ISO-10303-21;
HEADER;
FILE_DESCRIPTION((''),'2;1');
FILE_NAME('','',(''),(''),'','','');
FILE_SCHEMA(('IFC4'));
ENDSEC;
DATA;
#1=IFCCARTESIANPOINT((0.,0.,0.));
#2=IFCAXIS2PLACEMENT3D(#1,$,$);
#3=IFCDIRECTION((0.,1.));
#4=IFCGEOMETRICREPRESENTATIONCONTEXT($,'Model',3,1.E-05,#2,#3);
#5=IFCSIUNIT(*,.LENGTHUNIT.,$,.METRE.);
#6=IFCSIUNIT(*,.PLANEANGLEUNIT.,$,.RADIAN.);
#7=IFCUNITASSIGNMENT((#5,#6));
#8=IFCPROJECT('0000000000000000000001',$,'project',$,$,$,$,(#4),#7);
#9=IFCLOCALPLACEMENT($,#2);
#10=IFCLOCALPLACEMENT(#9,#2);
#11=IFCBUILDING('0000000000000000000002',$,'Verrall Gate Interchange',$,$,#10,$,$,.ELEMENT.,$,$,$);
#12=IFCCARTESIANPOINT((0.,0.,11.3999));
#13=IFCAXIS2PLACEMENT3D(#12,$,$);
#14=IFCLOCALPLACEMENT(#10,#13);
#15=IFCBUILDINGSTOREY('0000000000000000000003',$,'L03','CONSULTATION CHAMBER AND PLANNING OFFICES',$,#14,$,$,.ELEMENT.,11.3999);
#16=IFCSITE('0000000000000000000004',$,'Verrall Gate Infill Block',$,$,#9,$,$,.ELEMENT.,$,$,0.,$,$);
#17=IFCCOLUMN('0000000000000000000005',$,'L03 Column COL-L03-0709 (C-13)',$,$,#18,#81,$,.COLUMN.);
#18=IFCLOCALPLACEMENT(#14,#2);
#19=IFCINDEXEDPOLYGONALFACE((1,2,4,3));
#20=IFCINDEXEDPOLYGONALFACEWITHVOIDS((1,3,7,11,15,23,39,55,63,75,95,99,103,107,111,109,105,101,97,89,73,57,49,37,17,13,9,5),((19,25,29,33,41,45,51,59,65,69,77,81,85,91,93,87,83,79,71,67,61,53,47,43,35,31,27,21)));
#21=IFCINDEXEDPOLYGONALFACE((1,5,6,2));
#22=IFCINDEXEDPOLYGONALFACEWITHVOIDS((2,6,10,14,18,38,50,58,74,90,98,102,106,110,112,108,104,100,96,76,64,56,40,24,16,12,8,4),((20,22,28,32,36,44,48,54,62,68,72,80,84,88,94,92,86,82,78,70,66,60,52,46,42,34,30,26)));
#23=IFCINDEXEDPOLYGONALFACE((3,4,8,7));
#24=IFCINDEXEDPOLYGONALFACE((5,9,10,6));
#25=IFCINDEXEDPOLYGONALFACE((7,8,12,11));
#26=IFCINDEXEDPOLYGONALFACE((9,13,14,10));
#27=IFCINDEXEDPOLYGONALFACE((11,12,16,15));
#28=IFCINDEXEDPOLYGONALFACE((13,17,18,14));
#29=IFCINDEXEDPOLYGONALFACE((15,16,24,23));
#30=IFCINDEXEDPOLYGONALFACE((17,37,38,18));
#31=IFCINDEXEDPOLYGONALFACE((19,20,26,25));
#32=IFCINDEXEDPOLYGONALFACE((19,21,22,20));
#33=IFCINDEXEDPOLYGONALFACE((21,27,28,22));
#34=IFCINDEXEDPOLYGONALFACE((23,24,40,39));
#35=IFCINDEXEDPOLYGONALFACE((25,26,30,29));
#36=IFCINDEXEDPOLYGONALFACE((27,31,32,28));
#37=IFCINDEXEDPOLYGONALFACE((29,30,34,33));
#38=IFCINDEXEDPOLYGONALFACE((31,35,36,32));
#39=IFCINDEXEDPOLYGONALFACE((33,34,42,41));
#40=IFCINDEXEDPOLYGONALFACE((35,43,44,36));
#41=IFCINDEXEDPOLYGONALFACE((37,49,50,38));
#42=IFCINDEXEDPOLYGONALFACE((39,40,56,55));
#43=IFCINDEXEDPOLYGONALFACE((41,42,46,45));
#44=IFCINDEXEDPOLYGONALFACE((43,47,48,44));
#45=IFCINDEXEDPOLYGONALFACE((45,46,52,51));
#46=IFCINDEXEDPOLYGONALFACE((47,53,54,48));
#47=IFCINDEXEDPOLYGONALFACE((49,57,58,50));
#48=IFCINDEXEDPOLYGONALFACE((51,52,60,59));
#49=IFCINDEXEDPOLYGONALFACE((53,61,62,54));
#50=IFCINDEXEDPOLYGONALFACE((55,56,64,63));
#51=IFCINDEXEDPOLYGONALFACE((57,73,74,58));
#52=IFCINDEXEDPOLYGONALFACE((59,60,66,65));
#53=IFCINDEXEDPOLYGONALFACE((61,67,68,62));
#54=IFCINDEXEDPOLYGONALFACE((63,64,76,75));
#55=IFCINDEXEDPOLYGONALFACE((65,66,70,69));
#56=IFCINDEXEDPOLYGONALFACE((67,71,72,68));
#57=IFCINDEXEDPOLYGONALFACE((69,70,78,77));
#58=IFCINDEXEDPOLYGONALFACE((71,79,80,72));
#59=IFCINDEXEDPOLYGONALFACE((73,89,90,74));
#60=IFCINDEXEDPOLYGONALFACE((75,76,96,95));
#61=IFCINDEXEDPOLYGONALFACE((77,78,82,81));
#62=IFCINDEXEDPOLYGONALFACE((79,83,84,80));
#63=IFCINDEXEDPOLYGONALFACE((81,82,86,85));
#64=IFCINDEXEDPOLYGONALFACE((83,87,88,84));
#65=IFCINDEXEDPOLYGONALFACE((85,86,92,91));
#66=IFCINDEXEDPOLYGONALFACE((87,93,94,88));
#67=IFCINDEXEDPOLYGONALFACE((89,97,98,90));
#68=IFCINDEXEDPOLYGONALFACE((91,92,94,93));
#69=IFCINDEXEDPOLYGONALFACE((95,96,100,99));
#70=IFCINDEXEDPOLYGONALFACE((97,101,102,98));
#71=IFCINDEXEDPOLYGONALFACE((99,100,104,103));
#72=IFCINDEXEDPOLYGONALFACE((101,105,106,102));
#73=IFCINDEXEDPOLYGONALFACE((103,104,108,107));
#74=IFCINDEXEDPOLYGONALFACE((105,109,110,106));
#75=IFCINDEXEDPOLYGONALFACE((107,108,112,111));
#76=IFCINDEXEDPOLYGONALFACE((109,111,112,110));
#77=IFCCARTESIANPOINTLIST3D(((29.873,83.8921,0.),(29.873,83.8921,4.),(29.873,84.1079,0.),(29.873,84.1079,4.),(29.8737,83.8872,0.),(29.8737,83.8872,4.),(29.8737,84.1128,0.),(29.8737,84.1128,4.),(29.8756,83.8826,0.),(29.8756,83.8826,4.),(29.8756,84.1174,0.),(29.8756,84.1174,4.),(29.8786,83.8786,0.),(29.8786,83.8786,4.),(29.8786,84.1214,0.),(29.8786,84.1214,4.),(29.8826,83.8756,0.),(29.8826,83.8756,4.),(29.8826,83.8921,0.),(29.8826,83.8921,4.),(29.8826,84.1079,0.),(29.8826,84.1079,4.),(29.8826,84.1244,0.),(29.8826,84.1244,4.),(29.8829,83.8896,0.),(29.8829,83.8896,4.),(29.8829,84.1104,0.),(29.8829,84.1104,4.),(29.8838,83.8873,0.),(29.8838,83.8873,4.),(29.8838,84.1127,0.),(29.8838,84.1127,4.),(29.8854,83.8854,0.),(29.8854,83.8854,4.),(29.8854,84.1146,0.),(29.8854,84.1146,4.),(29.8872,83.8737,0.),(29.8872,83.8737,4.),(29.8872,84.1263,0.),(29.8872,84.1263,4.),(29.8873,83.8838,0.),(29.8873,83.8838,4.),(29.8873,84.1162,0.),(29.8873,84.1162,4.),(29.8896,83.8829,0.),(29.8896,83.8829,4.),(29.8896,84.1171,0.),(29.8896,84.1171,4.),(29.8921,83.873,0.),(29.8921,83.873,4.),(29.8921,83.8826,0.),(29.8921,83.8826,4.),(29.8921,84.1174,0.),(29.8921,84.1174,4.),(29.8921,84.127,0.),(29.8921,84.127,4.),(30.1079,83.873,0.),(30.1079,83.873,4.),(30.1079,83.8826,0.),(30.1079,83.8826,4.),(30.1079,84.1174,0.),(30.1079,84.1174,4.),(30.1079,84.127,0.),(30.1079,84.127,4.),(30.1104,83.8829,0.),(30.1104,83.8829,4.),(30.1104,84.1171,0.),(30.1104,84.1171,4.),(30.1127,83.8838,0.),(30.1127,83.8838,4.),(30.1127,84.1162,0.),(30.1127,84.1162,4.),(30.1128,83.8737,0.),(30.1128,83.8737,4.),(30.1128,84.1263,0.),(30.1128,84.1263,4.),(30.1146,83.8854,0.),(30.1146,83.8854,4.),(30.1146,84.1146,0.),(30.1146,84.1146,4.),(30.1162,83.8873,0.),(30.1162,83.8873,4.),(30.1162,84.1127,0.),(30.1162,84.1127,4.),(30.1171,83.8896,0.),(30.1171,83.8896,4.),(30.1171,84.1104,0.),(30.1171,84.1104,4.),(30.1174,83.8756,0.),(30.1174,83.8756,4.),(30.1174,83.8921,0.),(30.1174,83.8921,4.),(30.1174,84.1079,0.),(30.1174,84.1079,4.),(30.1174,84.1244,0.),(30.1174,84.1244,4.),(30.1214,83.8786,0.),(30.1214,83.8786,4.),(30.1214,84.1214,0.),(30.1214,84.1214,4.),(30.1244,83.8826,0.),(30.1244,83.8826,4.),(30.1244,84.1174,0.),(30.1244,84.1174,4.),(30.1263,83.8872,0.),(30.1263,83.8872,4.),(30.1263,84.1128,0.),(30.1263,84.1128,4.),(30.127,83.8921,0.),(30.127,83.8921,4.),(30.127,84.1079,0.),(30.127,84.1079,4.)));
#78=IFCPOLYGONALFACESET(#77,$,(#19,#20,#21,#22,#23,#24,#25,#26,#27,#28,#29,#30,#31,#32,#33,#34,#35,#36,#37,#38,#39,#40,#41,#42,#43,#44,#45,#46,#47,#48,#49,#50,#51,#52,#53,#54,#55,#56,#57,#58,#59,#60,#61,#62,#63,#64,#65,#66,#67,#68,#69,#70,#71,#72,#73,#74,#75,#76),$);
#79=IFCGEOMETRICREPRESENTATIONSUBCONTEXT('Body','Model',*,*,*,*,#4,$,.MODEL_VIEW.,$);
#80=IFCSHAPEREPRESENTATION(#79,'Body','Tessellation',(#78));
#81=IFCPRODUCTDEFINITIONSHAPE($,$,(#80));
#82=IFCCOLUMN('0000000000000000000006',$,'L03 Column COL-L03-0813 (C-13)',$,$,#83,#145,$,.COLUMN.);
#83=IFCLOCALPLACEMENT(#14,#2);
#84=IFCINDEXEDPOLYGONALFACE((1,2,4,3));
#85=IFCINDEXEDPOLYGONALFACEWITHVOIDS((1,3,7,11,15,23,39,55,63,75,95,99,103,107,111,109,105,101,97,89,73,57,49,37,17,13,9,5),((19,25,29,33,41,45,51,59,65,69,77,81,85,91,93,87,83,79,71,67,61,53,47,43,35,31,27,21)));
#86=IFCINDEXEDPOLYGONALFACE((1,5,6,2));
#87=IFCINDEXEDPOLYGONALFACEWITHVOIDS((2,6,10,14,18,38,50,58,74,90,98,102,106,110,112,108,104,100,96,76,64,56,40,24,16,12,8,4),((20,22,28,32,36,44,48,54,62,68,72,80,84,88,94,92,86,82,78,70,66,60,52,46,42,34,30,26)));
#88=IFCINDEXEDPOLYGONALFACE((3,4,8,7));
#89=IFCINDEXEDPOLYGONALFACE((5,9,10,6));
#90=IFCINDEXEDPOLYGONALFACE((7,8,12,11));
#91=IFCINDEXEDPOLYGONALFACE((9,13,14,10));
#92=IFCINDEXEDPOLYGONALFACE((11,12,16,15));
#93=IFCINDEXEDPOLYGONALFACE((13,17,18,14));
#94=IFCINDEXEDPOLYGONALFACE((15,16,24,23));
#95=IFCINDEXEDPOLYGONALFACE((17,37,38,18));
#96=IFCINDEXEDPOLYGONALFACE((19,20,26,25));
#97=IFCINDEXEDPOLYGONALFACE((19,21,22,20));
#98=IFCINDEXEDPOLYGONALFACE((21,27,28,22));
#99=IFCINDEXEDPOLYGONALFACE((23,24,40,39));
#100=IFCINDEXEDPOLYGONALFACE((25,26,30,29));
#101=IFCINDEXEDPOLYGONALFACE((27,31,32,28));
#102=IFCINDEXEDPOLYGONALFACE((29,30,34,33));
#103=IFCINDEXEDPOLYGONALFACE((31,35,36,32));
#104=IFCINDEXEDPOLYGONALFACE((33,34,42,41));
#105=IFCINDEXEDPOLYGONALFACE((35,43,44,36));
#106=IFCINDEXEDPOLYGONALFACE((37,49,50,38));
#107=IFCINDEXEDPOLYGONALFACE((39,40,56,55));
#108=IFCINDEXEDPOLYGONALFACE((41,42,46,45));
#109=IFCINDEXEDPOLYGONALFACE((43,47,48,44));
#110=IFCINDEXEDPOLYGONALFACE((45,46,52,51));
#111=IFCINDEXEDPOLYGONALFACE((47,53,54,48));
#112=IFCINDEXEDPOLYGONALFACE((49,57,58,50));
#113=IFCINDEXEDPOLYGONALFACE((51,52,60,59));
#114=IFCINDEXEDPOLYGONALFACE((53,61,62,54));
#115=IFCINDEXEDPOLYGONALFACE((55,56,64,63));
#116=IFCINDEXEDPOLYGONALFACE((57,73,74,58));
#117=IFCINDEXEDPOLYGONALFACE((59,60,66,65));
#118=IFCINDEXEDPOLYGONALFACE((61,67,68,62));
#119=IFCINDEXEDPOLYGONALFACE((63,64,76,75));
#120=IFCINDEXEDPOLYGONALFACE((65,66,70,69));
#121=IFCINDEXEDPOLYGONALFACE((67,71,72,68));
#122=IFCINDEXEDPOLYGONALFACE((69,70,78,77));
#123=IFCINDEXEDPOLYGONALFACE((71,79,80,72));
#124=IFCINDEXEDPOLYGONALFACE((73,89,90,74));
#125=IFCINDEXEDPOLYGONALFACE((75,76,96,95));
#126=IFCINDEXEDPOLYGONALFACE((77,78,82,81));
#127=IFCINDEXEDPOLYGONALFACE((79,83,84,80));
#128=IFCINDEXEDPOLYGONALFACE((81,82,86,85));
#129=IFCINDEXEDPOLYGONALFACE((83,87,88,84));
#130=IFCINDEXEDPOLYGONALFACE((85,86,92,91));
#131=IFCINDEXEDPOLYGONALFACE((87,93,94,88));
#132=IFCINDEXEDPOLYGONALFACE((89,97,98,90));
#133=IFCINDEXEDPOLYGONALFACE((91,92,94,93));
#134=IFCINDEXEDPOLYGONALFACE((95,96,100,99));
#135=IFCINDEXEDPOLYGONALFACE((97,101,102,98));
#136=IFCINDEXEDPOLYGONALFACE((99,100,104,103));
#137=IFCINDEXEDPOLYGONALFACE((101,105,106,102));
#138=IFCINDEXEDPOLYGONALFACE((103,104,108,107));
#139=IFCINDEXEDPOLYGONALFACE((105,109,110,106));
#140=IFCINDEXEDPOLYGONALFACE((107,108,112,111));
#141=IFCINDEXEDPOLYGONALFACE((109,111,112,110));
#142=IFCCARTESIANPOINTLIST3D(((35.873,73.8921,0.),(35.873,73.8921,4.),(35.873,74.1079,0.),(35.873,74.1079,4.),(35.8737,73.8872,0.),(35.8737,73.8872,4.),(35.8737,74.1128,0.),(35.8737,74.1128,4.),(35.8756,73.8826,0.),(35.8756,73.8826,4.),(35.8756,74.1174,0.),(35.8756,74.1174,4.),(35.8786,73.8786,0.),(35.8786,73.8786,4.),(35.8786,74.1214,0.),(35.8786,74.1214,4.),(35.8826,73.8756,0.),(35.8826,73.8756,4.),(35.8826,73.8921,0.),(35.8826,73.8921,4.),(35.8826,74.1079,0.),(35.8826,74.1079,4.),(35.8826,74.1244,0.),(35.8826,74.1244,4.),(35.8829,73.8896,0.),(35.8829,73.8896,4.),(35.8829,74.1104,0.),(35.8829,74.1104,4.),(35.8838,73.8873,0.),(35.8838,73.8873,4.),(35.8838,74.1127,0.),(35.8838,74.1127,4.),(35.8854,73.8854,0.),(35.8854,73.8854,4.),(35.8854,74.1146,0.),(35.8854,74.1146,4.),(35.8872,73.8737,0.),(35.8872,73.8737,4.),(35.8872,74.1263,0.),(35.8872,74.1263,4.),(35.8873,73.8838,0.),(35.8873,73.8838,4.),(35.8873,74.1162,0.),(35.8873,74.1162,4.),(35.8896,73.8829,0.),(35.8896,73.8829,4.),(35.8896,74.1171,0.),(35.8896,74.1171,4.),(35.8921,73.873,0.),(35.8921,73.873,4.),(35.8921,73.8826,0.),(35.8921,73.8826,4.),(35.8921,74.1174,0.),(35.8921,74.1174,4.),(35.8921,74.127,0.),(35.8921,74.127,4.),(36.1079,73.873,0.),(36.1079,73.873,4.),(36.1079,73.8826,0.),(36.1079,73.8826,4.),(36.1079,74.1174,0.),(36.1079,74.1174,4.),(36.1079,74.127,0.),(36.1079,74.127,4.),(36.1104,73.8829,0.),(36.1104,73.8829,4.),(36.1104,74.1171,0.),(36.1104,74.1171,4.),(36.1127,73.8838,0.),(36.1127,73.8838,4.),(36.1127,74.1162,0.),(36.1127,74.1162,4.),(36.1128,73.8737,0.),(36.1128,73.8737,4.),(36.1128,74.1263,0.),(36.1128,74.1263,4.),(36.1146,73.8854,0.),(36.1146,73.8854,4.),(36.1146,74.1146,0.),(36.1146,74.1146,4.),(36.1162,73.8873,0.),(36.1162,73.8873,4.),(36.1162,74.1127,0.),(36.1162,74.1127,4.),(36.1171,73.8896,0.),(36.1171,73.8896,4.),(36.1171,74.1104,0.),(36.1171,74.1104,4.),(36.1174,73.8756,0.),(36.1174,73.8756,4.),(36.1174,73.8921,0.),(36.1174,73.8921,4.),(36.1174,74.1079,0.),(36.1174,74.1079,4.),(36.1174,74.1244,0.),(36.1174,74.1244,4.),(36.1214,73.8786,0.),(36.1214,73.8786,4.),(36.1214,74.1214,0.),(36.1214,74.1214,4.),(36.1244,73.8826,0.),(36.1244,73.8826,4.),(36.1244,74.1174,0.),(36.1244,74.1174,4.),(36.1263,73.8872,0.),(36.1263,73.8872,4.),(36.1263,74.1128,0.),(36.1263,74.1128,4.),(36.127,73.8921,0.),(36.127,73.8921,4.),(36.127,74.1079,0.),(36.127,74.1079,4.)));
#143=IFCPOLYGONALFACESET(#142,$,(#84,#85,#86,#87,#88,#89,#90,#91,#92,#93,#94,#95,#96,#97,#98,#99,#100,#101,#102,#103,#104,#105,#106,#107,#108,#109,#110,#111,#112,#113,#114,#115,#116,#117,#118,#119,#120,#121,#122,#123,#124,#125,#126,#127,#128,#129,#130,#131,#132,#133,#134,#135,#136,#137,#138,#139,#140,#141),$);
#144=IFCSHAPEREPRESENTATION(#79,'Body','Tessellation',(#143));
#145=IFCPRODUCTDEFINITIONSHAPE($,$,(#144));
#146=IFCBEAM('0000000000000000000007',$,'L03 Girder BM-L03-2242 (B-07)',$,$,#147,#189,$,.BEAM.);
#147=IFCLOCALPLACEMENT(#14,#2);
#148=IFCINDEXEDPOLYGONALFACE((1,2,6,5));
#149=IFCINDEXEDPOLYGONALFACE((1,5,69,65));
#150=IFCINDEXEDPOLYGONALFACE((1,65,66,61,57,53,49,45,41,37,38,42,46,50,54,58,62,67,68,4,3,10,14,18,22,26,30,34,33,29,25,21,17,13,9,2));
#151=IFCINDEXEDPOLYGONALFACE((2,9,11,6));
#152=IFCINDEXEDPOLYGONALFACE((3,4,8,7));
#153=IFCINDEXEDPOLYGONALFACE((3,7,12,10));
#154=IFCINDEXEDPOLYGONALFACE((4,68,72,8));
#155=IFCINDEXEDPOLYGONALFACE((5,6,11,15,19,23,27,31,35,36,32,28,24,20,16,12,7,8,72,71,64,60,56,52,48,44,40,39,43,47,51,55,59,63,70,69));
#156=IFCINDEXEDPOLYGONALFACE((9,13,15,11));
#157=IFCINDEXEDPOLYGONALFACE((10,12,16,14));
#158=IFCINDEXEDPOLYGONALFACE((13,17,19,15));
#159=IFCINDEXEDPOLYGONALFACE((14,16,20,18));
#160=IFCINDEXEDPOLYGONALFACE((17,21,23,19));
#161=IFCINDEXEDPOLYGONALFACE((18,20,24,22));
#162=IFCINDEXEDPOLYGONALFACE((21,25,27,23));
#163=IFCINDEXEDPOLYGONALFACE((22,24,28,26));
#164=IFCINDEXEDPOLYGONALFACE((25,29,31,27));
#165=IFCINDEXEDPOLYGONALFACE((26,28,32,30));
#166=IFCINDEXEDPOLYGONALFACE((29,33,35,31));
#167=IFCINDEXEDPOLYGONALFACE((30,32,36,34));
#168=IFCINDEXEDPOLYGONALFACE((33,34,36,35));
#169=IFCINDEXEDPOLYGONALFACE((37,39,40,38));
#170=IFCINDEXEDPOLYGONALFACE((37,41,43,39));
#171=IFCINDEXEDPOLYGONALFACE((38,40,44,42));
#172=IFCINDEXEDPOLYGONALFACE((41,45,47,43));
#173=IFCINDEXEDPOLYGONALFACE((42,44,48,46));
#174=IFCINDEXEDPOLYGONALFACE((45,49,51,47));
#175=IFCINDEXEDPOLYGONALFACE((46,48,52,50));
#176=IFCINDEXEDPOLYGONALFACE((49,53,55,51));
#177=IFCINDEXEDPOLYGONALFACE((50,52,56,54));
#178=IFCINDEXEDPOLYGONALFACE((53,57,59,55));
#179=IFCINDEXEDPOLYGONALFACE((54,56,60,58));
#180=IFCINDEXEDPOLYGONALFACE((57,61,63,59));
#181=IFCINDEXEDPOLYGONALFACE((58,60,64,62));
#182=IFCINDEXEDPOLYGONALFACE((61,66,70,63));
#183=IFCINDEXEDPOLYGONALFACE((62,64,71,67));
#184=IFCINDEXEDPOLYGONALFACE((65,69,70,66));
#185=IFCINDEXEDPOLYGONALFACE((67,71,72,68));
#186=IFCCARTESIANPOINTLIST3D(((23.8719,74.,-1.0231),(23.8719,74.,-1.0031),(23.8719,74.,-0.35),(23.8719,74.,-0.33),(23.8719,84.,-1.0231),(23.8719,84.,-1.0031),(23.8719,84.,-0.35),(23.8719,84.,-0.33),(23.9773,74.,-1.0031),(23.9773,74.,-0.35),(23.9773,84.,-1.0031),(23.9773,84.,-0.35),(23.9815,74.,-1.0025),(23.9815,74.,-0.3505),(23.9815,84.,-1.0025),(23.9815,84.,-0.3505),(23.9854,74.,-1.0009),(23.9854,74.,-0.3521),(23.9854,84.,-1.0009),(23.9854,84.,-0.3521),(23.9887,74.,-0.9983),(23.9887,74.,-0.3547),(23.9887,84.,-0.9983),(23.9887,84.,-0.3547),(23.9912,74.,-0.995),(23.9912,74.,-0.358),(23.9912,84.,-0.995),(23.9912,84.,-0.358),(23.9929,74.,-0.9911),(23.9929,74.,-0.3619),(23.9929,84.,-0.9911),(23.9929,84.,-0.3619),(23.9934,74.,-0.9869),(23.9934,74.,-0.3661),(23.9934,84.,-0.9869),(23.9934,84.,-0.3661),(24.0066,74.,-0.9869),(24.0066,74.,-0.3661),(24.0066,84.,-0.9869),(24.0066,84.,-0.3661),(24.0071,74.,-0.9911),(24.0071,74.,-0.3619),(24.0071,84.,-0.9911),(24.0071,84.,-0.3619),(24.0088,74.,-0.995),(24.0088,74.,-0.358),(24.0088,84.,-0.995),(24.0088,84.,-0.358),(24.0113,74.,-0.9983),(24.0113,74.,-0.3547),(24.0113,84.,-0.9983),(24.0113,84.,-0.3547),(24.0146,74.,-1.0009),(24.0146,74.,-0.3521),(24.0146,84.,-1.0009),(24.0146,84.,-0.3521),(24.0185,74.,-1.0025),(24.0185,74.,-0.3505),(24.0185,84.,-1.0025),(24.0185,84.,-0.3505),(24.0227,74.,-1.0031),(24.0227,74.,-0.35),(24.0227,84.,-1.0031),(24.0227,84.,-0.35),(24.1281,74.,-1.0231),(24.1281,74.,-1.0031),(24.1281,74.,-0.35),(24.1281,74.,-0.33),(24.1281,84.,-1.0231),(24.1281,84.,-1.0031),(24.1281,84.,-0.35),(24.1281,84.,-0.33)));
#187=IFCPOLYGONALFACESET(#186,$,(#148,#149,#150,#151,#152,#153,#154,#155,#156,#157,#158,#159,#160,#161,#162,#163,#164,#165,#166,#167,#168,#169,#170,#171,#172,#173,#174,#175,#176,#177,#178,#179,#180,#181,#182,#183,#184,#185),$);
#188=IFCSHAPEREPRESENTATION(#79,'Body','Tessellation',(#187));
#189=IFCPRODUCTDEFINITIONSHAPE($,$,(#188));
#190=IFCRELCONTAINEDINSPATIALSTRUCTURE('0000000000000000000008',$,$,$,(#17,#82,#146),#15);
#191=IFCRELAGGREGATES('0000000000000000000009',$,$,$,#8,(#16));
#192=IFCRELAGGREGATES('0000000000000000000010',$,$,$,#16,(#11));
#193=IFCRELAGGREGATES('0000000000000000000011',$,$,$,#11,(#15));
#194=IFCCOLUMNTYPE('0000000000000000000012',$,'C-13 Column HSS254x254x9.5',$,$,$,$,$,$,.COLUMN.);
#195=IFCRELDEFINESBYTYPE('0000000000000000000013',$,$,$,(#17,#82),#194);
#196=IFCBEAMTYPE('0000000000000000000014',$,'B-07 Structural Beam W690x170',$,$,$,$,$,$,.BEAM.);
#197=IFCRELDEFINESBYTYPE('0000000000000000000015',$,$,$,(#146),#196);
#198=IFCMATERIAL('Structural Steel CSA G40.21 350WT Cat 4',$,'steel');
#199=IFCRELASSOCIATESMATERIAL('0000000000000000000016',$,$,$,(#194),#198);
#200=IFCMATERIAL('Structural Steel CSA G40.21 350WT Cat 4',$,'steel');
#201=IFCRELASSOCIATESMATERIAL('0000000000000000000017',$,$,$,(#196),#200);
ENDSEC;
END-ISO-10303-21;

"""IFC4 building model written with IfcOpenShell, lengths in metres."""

from ifc_helpers import new_model, si_unit, direction, frame, origin, origin_2d, place, context, subcontext, project, spatial, hollow_rectangle, i_section, extrude, material, material_profile, profile_set, type_object, element, save


model = new_model("IFC4")

# Units and contexts
model_context = context("Model", 3, precision=1e-05, world=origin(), true_north=direction((0.0, 1.0)))
body_context = subcontext(model_context, "Body", "Model", "MODEL_VIEW")
ifc_project = project(units=[si_unit("LENGTHUNIT", "METRE"), si_unit("PLANEANGLEUNIT", "RADIAN")], contexts=[model_context])

# Site, building, storey
site_placement = place(None, origin())
site = spatial("IfcSite", under=ifc_project, at=site_placement, Name="Verrall Gate Infill Block", CompositionType="ELEMENT", RefElevation=0.0)
building_placement = place(site_placement, origin())
building = spatial("IfcBuilding", under=site, at=building_placement, Name="Verrall Gate Interchange", CompositionType="ELEMENT")
storey_placement = place(building_placement, frame((0.0, 0.0, 11.3999)))
storey = spatial("IfcBuildingStorey", under=building, at=storey_placement, Name="L03", Description="CONSULTATION CHAMBER AND PLANNING OFFICES", CompositionType="ELEMENT", Elevation=11.3999)

# Columns
ifc_material_1 = material(Name="Structural Steel CSA G40.21 350WT Cat 4", Category="steel")
ifc_material_profile_1 = material_profile(ifc_material_1, hollow_rectangle(XDim=0.2539, YDim=0.2539, WallThickness=0.0095, InnerFilletRadius=0.0095, OuterFilletRadius=0.019, at=origin_2d()), Name="HSS254x254x9.5")
ifc_profile_set_1 = profile_set([ifc_material_profile_1], Name="Structural Steel CSA G40.21 350WT Cat 4")
column_type_1 = type_object("IfcColumnType", Name="C-13 Column HSS254x254x9.5", PredefinedType="COLUMN", material=ifc_profile_set_1)
for number, where, z_axis, x_axis, name in (
    (1, (30.0, 84.0, 0.0), (0.0, 0.0, 1.0), (1.0, 0.0, 0.0), "L03 Column COL-L03-0709 (C-13)"),
    (2, (36.0, 74.0, 0.0), (0.0, 0.0, 1.0), (1.0, 0.0, 0.0), "L03 Column COL-L03-0813 (C-13)"),
):
    element("IfcColumn", number, at=place(storey_placement, frame(where, z_axis=z_axis, x_axis=x_axis)), inside=storey, type_object=column_type_1, Name=name, PredefinedType="COLUMN", context=body_context, shape_type="SweptSolid", body=[
        extrude(hollow_rectangle(XDim=0.2539, YDim=0.2539, WallThickness=0.0095, InnerFilletRadius=0.0095, OuterFilletRadius=0.019, at=origin_2d()), origin(), (0.0, 0.0, 1.0), 4.0),
    ])

# Beam
ifc_material_2 = material(Name="Structural Steel CSA G40.21 350WT Cat 4", Category="steel")
ifc_material_profile_2 = material_profile(ifc_material_2, i_section(OverallWidth=0.2561, OverallDepth=0.6931, WebThickness=0.0132, FlangeThickness=0.02, FilletRadius=0.0161, at=origin_2d()), Name="W690x170")
ifc_profile_set_2 = profile_set([ifc_material_profile_2], Name="Structural Steel CSA G40.21 350WT Cat 4")
beam_type_1 = type_object("IfcBeamType", Name="B-07 Structural Beam W690x170", PredefinedType="BEAM", material=ifc_profile_set_2)
beam_1_placement = place(storey_placement, frame((24.0, 74.0, -0.6765), z_axis=(0.0, 1.0, 0.0), x_axis=(-1.0, 0.0, 0.0)))
element("IfcBeam", 3, at=beam_1_placement, inside=storey, type_object=beam_type_1, Name="L03 Girder BM-L03-2242 (B-07)", PredefinedType="BEAM", context=body_context, shape_type="SweptSolid", body=[
    extrude(i_section(OverallWidth=0.2561, OverallDepth=0.6931, WebThickness=0.0132, FlangeThickness=0.02, FilletRadius=0.0161, at=origin_2d()), origin(), (0.0, 0.0, 1.0), 10.0),
])

save(model, "model.ifc")
